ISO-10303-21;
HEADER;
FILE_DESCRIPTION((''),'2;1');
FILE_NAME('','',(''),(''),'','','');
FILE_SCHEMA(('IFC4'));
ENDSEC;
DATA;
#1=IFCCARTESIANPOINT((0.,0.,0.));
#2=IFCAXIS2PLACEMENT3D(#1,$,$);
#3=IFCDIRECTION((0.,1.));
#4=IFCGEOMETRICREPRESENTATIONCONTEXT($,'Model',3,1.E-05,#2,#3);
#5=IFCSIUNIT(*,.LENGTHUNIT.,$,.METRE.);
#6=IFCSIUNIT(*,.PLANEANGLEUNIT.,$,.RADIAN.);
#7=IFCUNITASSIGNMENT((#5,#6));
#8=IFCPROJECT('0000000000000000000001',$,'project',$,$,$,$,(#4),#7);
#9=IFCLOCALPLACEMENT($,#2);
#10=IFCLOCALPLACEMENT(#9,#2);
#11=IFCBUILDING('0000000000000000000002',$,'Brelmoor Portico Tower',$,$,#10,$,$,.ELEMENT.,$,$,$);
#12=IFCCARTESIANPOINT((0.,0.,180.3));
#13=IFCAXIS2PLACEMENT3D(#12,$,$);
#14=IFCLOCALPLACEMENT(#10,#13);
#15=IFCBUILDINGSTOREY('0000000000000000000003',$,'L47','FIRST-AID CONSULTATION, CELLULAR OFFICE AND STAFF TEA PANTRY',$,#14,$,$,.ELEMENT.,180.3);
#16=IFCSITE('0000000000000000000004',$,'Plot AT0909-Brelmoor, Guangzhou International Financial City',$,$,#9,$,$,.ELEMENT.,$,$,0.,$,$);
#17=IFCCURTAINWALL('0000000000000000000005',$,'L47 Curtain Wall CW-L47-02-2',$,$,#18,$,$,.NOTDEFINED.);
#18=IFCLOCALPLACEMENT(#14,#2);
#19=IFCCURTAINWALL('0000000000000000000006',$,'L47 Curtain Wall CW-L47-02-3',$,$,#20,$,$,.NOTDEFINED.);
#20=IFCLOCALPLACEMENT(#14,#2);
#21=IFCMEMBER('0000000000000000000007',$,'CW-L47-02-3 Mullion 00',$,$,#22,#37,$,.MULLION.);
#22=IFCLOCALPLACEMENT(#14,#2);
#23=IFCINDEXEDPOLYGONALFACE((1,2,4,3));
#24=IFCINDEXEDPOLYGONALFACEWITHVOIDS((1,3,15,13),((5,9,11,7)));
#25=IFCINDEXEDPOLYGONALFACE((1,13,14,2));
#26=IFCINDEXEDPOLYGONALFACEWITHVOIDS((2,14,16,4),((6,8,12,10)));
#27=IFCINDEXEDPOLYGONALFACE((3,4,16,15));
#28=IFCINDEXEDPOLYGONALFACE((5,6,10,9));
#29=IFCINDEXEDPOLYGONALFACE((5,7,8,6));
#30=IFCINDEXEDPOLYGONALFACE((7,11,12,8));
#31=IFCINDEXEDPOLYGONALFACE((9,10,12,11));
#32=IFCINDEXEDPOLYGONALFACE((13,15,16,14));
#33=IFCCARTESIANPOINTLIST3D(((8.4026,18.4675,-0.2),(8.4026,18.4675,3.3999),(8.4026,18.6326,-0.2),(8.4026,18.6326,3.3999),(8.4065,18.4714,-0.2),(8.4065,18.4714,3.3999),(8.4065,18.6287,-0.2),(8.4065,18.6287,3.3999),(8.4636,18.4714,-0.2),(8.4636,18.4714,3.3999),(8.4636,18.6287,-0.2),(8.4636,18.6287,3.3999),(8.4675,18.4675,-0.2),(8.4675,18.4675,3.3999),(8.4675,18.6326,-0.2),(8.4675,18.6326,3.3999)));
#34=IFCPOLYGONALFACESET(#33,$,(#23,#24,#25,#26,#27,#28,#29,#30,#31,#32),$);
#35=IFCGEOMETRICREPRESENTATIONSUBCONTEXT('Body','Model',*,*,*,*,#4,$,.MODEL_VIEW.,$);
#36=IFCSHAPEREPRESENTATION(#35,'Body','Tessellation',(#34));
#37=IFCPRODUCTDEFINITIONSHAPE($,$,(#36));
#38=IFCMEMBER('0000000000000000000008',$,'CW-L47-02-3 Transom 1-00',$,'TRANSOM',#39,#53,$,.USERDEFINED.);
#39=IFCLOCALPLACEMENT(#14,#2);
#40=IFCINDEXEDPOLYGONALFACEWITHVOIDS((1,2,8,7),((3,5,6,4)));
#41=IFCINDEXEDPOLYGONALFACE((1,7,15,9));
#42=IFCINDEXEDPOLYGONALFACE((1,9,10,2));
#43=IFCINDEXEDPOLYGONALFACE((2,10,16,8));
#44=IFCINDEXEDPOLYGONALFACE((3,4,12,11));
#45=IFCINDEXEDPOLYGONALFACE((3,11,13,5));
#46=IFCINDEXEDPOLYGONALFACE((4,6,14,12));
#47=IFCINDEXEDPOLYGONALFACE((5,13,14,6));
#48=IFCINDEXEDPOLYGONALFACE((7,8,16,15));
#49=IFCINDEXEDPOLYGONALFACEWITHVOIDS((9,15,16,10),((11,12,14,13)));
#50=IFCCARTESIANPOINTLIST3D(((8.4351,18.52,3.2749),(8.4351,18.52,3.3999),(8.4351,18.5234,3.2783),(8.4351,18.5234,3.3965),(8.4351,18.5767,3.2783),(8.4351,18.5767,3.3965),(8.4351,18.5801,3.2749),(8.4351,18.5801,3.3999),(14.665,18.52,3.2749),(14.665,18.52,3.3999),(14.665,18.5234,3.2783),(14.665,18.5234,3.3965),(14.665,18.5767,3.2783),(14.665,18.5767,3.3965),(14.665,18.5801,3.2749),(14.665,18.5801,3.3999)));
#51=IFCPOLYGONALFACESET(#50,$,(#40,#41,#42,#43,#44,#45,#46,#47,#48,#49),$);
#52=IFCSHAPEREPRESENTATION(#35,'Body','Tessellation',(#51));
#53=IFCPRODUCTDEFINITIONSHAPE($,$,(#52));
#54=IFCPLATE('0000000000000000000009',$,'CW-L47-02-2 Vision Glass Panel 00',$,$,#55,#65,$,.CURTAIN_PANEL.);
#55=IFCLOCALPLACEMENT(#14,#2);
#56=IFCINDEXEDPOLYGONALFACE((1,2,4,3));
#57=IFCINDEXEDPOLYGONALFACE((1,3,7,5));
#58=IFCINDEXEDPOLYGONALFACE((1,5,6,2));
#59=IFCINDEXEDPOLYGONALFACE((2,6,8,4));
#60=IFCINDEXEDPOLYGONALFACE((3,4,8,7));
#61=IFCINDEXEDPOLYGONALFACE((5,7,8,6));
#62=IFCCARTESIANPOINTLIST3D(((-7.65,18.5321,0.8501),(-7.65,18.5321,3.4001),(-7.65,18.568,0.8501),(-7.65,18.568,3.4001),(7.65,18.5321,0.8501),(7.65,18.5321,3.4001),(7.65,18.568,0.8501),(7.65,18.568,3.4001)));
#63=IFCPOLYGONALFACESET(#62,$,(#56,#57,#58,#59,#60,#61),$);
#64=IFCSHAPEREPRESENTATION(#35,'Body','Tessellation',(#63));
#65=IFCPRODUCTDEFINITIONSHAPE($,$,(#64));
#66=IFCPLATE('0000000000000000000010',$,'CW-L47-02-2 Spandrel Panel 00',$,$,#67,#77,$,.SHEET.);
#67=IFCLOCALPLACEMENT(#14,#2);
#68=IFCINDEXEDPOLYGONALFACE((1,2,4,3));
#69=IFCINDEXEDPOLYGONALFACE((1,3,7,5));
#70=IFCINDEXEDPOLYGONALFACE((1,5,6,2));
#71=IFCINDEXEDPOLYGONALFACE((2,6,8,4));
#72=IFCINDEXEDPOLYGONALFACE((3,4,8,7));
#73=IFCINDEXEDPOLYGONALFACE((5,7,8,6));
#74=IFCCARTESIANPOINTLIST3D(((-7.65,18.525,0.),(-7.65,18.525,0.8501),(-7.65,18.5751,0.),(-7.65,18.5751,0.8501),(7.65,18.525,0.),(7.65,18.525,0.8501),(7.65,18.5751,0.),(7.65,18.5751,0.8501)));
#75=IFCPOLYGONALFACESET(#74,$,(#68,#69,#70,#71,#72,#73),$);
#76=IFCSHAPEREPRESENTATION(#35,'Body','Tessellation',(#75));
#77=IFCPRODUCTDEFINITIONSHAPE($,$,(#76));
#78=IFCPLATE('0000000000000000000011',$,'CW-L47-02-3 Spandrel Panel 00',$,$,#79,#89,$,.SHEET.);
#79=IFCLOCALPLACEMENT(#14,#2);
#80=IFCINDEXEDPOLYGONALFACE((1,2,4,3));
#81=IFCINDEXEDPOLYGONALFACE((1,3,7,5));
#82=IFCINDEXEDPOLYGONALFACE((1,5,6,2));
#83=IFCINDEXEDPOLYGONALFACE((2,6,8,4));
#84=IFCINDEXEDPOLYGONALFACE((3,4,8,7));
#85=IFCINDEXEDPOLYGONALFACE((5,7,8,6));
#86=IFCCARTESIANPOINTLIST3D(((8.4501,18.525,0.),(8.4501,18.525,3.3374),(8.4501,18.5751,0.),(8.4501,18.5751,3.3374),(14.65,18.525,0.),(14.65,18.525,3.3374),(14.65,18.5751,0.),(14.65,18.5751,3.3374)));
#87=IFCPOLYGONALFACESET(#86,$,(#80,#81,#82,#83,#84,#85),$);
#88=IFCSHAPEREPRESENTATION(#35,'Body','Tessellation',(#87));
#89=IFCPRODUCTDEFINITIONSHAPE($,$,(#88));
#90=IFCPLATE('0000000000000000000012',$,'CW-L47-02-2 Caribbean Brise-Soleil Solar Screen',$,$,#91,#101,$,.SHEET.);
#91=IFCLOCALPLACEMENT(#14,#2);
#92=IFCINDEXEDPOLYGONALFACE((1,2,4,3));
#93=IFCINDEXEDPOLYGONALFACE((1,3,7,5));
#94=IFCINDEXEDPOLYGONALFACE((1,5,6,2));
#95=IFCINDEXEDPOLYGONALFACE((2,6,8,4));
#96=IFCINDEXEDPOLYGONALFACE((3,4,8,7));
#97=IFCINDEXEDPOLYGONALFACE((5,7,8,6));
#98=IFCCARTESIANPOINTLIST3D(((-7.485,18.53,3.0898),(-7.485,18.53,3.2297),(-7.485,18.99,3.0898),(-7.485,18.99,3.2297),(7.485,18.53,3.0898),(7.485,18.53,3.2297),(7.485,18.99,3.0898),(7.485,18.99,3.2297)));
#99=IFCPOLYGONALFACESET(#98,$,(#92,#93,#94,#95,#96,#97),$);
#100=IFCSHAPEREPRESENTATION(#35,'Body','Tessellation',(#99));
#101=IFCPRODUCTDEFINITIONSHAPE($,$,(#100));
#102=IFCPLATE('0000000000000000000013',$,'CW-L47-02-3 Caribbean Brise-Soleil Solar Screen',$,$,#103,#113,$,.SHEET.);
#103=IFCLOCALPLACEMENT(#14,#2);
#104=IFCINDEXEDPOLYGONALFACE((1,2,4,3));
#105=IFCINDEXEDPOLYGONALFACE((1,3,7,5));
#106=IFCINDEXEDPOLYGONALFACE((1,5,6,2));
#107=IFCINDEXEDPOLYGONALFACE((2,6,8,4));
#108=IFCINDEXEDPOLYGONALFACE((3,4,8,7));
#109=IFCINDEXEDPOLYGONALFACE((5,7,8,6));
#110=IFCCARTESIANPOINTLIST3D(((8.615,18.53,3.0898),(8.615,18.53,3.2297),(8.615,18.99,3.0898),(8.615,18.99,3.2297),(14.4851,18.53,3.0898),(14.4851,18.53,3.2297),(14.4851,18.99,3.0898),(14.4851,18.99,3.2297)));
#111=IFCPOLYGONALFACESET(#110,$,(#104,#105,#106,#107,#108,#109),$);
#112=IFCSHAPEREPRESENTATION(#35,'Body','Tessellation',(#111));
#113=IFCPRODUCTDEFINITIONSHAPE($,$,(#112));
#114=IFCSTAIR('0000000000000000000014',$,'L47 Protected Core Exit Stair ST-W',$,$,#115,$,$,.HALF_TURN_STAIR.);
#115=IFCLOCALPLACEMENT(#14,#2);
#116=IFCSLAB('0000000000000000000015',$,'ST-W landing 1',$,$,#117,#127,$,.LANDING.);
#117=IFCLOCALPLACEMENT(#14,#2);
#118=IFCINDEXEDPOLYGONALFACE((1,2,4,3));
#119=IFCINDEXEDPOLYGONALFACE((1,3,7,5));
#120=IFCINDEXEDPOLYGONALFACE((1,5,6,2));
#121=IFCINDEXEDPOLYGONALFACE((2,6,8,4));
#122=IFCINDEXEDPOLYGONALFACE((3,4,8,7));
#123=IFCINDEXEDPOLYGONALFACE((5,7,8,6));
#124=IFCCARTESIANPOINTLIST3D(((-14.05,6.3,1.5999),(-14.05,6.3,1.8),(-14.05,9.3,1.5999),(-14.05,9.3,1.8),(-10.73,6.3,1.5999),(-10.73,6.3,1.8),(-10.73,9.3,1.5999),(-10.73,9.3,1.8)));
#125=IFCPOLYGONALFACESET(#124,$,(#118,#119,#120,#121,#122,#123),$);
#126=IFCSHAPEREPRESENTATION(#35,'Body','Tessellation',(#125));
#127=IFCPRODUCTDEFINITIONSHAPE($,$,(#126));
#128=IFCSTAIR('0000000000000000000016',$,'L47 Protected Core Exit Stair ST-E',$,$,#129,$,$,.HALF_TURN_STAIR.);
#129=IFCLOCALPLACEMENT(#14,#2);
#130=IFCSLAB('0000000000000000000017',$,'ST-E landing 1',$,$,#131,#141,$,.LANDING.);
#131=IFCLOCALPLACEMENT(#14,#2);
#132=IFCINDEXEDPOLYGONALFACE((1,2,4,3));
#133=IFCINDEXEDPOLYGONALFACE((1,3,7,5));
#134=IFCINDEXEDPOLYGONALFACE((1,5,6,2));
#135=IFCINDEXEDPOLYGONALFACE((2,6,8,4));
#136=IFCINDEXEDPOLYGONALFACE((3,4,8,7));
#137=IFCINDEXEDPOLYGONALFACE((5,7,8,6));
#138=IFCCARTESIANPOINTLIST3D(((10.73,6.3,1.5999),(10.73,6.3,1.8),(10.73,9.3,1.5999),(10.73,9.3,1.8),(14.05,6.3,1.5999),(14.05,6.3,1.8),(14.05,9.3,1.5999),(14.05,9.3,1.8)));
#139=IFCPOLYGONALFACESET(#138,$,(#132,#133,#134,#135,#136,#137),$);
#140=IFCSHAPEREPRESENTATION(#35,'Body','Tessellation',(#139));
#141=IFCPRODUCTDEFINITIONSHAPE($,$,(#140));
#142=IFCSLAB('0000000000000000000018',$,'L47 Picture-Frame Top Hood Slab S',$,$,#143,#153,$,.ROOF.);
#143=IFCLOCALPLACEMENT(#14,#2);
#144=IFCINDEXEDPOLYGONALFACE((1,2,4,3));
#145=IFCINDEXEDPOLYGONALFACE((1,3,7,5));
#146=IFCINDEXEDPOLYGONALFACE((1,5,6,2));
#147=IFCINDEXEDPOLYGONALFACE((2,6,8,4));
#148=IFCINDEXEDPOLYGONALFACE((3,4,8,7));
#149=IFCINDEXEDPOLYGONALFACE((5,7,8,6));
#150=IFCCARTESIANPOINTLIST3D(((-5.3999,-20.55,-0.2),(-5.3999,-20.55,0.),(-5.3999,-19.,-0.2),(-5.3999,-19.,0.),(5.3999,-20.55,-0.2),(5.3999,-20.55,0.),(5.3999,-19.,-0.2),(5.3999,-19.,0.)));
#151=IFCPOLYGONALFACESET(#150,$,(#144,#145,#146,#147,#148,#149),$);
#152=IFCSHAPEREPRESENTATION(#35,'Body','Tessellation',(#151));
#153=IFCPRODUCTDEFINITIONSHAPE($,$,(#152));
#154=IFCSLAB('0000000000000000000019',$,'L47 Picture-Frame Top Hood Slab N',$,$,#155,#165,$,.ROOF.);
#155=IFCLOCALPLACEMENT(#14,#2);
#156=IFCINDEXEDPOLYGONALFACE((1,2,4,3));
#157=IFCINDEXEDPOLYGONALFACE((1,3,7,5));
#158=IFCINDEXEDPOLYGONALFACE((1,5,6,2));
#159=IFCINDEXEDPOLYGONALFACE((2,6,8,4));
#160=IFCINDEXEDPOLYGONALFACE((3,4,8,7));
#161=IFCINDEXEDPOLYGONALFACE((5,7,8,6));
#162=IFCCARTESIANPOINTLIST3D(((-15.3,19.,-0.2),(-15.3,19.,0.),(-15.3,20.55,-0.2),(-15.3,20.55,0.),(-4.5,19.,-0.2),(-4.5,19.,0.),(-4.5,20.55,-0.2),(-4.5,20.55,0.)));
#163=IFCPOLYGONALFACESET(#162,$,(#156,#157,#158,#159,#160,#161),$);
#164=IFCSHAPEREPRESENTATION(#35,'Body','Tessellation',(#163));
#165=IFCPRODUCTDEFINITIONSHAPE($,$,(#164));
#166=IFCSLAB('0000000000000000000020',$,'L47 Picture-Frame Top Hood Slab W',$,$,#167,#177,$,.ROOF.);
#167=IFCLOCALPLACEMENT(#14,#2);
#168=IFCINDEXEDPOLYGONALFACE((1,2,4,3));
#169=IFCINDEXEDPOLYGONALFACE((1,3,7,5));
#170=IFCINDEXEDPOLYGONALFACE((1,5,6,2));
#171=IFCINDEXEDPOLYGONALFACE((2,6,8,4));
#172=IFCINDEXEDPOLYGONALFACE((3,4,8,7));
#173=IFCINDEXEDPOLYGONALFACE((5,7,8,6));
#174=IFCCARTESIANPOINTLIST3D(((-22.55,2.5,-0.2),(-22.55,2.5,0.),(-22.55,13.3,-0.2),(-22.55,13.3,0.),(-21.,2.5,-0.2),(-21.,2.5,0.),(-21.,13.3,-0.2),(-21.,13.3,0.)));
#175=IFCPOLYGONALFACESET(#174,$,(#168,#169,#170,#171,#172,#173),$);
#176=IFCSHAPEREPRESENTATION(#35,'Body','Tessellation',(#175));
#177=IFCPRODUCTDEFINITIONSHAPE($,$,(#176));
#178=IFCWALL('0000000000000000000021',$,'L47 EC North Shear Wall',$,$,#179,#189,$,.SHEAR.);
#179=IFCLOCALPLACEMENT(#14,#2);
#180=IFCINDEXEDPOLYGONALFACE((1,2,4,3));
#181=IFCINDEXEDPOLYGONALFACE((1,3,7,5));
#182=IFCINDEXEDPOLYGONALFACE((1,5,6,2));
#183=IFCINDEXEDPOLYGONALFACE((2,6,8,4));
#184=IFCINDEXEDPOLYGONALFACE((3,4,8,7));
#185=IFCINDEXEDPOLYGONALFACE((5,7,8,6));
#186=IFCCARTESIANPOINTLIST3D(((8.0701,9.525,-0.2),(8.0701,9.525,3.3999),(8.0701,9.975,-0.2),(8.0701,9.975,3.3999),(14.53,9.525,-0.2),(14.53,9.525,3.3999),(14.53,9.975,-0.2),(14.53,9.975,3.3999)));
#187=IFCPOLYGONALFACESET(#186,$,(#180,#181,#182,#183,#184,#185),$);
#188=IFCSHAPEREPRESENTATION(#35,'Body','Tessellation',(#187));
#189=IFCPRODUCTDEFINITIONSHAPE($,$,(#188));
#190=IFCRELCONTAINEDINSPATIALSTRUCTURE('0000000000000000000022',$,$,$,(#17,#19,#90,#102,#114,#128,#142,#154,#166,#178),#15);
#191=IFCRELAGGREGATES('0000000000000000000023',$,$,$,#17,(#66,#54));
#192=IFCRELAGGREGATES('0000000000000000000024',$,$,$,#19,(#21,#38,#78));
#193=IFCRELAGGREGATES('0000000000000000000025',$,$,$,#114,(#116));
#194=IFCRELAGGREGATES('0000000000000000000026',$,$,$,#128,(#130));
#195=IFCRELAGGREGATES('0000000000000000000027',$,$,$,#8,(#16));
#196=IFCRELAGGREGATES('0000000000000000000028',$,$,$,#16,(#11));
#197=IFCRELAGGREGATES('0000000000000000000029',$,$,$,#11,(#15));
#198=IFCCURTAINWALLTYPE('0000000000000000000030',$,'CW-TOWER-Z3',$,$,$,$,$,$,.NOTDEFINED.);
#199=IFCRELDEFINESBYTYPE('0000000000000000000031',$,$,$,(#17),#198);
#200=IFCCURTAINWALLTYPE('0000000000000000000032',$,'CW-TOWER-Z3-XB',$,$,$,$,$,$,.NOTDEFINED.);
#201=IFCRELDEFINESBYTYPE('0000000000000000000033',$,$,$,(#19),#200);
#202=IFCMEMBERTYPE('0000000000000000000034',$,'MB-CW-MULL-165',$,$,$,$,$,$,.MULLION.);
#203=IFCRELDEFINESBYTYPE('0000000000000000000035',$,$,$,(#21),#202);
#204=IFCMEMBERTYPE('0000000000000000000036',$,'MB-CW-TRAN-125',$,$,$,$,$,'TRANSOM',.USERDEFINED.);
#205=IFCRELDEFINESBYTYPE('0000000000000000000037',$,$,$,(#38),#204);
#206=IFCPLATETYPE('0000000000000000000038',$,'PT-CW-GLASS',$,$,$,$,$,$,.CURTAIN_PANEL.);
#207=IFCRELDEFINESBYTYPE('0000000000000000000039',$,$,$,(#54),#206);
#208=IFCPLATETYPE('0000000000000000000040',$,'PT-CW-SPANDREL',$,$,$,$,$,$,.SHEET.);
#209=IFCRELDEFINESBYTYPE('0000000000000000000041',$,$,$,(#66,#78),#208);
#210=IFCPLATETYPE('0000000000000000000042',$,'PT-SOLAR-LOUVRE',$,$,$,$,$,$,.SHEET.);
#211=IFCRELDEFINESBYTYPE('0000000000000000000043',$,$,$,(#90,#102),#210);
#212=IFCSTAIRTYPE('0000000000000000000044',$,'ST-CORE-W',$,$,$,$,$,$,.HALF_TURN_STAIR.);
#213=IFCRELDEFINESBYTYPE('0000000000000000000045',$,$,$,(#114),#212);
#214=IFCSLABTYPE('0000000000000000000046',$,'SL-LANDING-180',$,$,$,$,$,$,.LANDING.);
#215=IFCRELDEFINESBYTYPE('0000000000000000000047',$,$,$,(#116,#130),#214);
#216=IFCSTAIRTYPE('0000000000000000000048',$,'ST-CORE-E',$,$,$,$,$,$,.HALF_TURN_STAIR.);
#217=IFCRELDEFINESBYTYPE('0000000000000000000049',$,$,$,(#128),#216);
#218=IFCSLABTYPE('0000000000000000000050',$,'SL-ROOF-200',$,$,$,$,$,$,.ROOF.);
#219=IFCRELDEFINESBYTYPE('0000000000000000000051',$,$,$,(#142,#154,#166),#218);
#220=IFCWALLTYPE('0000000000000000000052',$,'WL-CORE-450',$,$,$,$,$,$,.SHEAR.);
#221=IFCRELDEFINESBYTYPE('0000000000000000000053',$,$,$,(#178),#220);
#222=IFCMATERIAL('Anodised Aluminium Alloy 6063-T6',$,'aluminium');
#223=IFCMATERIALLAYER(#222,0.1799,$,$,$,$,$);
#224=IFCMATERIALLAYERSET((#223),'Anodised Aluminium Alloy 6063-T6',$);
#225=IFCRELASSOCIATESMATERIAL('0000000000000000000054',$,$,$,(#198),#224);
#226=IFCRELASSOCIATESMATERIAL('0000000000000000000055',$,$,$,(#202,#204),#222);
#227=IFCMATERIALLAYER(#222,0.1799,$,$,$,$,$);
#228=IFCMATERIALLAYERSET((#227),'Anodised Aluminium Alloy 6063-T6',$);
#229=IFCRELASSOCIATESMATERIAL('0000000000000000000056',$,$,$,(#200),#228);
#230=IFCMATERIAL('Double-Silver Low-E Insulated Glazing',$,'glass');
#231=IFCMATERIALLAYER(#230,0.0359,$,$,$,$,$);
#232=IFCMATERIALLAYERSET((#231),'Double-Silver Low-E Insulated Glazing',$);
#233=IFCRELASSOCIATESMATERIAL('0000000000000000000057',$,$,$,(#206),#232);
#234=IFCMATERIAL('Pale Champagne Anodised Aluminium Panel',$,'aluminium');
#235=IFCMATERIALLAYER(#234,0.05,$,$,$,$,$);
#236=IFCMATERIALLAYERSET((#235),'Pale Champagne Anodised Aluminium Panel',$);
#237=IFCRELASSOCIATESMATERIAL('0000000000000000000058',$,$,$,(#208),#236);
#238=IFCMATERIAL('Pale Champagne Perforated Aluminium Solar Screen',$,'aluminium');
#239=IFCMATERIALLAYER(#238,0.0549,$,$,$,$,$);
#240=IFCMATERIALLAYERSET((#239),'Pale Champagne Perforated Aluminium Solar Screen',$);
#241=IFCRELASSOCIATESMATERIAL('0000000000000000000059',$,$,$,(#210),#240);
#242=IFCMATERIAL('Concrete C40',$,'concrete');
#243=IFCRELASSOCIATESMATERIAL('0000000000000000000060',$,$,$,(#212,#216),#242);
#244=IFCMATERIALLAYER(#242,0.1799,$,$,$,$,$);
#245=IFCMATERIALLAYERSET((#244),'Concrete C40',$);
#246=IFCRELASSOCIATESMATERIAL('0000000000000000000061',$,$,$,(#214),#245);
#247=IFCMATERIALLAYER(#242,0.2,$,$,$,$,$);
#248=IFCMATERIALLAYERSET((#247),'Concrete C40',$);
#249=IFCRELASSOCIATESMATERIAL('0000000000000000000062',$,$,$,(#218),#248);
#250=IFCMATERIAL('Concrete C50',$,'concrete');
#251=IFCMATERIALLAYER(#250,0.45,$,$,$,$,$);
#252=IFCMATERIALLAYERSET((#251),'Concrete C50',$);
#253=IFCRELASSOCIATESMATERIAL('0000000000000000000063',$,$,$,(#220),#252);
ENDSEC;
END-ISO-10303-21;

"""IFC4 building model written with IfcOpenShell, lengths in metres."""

from ifc_helpers import new_model, si_unit, direction, frame, frame_2d, origin, origin_2d, place, context, subcontext, project, spatial, polyline, rectangle, hollow_rectangle, outline, extrude, material, layer, layer_set, material_profile, profile_set, type_object, element, aggregate, save


model = new_model("IFC4")

# Units and contexts
model_context = context("Model", 3, precision=1e-05, world=origin(), true_north=direction((0.0, 1.0)))
body_context = subcontext(model_context, "Body", "Model", "MODEL_VIEW")
ifc_project = project(units=[si_unit("LENGTHUNIT", "METRE"), si_unit("PLANEANGLEUNIT", "RADIAN")], contexts=[model_context])

# Site, building, storey
site_placement = place(None, origin())
site = spatial("IfcSite", under=ifc_project, at=site_placement, Name="Plot AT0909-Brelmoor, Guangzhou International Financial City", CompositionType="ELEMENT", RefElevation=0.0)
building_placement = place(site_placement, origin())
building = spatial("IfcBuilding", under=site, at=building_placement, Name="Brelmoor Portico Tower", CompositionType="ELEMENT")
storey_placement = place(building_placement, frame((0.0, 0.0, 180.3)))
storey = spatial("IfcBuildingStorey", under=building, at=storey_placement, Name="L47", Description="FIRST-AID CONSULTATION, CELLULAR OFFICE AND STAFF TEA PANTRY", CompositionType="ELEMENT", Elevation=180.3)

# Curtain wall
ifc_material_1 = material(Name="Anodised Aluminium Alloy 6063-T6", Category="aluminium")
ifc_layer_1 = layer(ifc_material_1, 0.1799)
ifc_layer_set_1 = layer_set([ifc_layer_1], Name="Anodised Aluminium Alloy 6063-T6")
curtain_wall_type_1 = type_object("IfcCurtainWallType", Name="CW-TOWER-Z3", PredefinedType="NOTDEFINED", material=ifc_layer_set_1)
curtain_wall_1_placement = place(storey_placement, origin())
curtain_wall_1 = element("IfcCurtainWall", 1, at=curtain_wall_1_placement, inside=storey, type_object=curtain_wall_type_1, Name="L47 Curtain Wall CW-L47-02-2", PredefinedType="NOTDEFINED")
ifc_material_profile_1 = material_profile(ifc_material_1, hollow_rectangle(XDim=0.0649, YDim=0.165, WallThickness=0.0039, at=origin_2d()), Name="ALU MULLION 65x165")
ifc_profile_set_1 = profile_set([ifc_material_profile_1], Name="Anodised Aluminium Alloy 6063-T6")
member_type_1 = type_object("IfcMemberType", Name="MB-CW-MULL-165", PredefinedType="MULLION", material=ifc_profile_set_1)

# Curtain wall, members
ifc_layer_2 = layer(ifc_material_1, 0.1799)
ifc_layer_set_2 = layer_set([ifc_layer_2], Name="Anodised Aluminium Alloy 6063-T6")
curtain_wall_type_2 = type_object("IfcCurtainWallType", Name="CW-TOWER-Z3-XB", PredefinedType="NOTDEFINED", material=ifc_layer_set_2)
curtain_wall_2_placement = place(storey_placement, origin())
curtain_wall_2 = element("IfcCurtainWall", 2, at=curtain_wall_2_placement, inside=storey, type_object=curtain_wall_type_2, Name="L47 Curtain Wall CW-L47-02-3", PredefinedType="NOTDEFINED")
member_1_placement = place(storey_placement, frame((8.4351, 18.55, -0.2), z_axis=(0.0, 0.0, 1.0), x_axis=(1.0, 0.0, 0.0)))
member_1 = element("IfcMember", 3, at=member_1_placement, type_object=member_type_1, Name="CW-L47-02-3 Mullion 00", PredefinedType="MULLION", context=body_context, shape_type="SweptSolid", body=[
    extrude(hollow_rectangle(XDim=0.0649, YDim=0.165, WallThickness=0.0039, at=origin_2d()), origin(), (0.0, 0.0, 1.0), 3.5999),
])
ifc_material_profile_2 = material_profile(ifc_material_1, hollow_rectangle(XDim=0.0601, YDim=0.125, WallThickness=0.0034, at=origin_2d()), Name="ALU TRANSOM 60x125")
ifc_profile_set_2 = profile_set([ifc_material_profile_2], Name="Anodised Aluminium Alloy 6063-T6")
member_type_2 = type_object("IfcMemberType", Name="MB-CW-TRAN-125", ElementType="TRANSOM", PredefinedType="USERDEFINED", material=ifc_profile_set_2)
member_2_placement = place(storey_placement, frame((8.4351, 18.55, 3.3374), z_axis=(1.0, 0.0, 0.0), x_axis=(0.0, 1.0, 0.0)))
member_2 = element("IfcMember", 4, at=member_2_placement, type_object=member_type_2, Name="CW-L47-02-3 Transom 1-00", ObjectType="TRANSOM", PredefinedType="USERDEFINED", context=body_context, shape_type="SweptSolid", body=[
    extrude(hollow_rectangle(XDim=0.0601, YDim=0.125, WallThickness=0.0034, at=origin_2d()), origin(), (0.0, 0.0, 1.0), 6.23),
])

# Plates
ifc_material_2 = material(Name="Double-Silver Low-E Insulated Glazing", Category="glass")
ifc_layer_3 = layer(ifc_material_2, 0.0359)
ifc_layer_set_3 = layer_set([ifc_layer_3], Name="Double-Silver Low-E Insulated Glazing")
plate_type_1 = type_object("IfcPlateType", Name="PT-CW-GLASS", PredefinedType="CURTAIN_PANEL", material=ifc_layer_set_3)
plate_1_placement = place(storey_placement, frame((0.0, 18.55, 0.8501), z_axis=(0.0, 0.0, 1.0), x_axis=(1.0, 0.0, 0.0)))
plate_1 = element("IfcPlate", 5, at=plate_1_placement, type_object=plate_type_1, Name="CW-L47-02-2 Vision Glass Panel 00", PredefinedType="CURTAIN_PANEL", context=body_context, shape_type="SweptSolid", body=[
    extrude(rectangle(XDim=15.3, YDim=0.0359, at=origin_2d()), origin(), (0.0, 0.0, 1.0), 2.55),
])
ifc_material_3 = material(Name="Pale Champagne Anodised Aluminium Panel", Category="aluminium")
ifc_layer_4 = layer(ifc_material_3, 0.05)
ifc_layer_set_4 = layer_set([ifc_layer_4], Name="Pale Champagne Anodised Aluminium Panel")
plate_type_2 = type_object("IfcPlateType", Name="PT-CW-SPANDREL", PredefinedType="SHEET", material=ifc_layer_set_4)
plate_2_placement = place(storey_placement, frame((0.0, 18.55, 0.0), z_axis=(0.0, 0.0, 1.0), x_axis=(1.0, 0.0, 0.0)))
plate_2 = element("IfcPlate", 6, at=plate_2_placement, type_object=plate_type_2, Name="CW-L47-02-2 Spandrel Panel 00", PredefinedType="SHEET", context=body_context, shape_type="SweptSolid", body=[
    extrude(rectangle(XDim=15.3, YDim=0.05, at=origin_2d()), origin(), (0.0, 0.0, 1.0), 0.8501),
])
aggregate(curtain_wall_1, [plate_2, plate_1])
plate_3_placement = place(storey_placement, frame((11.55, 18.55, 0.0), z_axis=(0.0, 0.0, 1.0), x_axis=(1.0, 0.0, 0.0)))
plate_3 = element("IfcPlate", 7, at=plate_3_placement, type_object=plate_type_2, Name="CW-L47-02-3 Spandrel Panel 00", PredefinedType="SHEET", context=body_context, shape_type="SweptSolid", body=[
    extrude(rectangle(XDim=6.2, YDim=0.05, at=origin_2d()), origin(), (0.0, 0.0, 1.0), 3.3374),
])
aggregate(curtain_wall_2, [member_1, member_2, plate_3])

# Plates
ifc_material_4 = material(Name="Pale Champagne Perforated Aluminium Solar Screen", Category="aluminium")
ifc_layer_5 = layer(ifc_material_4, 0.0549)
ifc_layer_set_5 = layer_set([ifc_layer_5], Name="Pale Champagne Perforated Aluminium Solar Screen")
plate_type_3 = type_object("IfcPlateType", Name="PT-SOLAR-LOUVRE", PredefinedType="SHEET", material=ifc_layer_set_5)
plate_4_placement = place(storey_placement, frame((0.0, 18.76, 3.0898), z_axis=(0.0, 0.0, 1.0), x_axis=(1.0, 0.0, 0.0)))
element("IfcPlate", 8, at=plate_4_placement, inside=storey, type_object=plate_type_3, Name="CW-L47-02-2 Caribbean Brise-Soleil Solar Screen", PredefinedType="SHEET", context=body_context, shape_type="SweptSolid", body=[
    extrude(rectangle(XDim=14.97, YDim=0.46, at=origin_2d()), origin(), (0.0, 0.0, 1.0), 0.1399),
])
plate_5_placement = place(storey_placement, frame((11.55, 18.76, 3.0898), z_axis=(0.0, 0.0, 1.0), x_axis=(1.0, 0.0, 0.0)))
element("IfcPlate", 9, at=plate_5_placement, inside=storey, type_object=plate_type_3, Name="CW-L47-02-3 Caribbean Brise-Soleil Solar Screen", PredefinedType="SHEET", context=body_context, shape_type="SweptSolid", body=[
    extrude(rectangle(XDim=5.8701, YDim=0.46, at=origin_2d()), origin(), (0.0, 0.0, 1.0), 0.1399),
])

# Stairs, slabs
ifc_material_5 = material(Name="Concrete C40", Category="concrete")
stair_type_1 = type_object("IfcStairType", Name="ST-CORE-W", PredefinedType="HALF_TURN_STAIR", material=ifc_material_5)
stair_1_placement = place(storey_placement, origin())
stair_1 = element("IfcStair", 10, at=stair_1_placement, inside=storey, type_object=stair_type_1, Name="L47 Protected Core Exit Stair ST-W", PredefinedType="HALF_TURN_STAIR")
ifc_layer_6 = layer(ifc_material_5, 0.1799)
ifc_layer_set_6 = layer_set([ifc_layer_6], Name="Concrete C40")
slab_type_1 = type_object("IfcSlabType", Name="SL-LANDING-180", PredefinedType="LANDING", material=ifc_layer_set_6)
slab_1_placement = place(storey_placement, frame((0.0, 0.0, 1.5999)))
slab_1 = element("IfcSlab", 11, at=slab_1_placement, type_object=slab_type_1, Name="ST-W landing 1", PredefinedType="LANDING", context=body_context, shape_type="SweptSolid", body=[
    extrude(outline(polyline([(-10.73, 6.3), (-10.73, 9.3), (-14.05, 9.3), (-14.05, 6.3), (-10.73, 6.3)])), origin(), (0.0, 0.0, 1.0), 0.2002),
])
aggregate(stair_1, [slab_1])
stair_type_2 = type_object("IfcStairType", Name="ST-CORE-E", PredefinedType="HALF_TURN_STAIR", material=ifc_material_5)
stair_2_placement = place(storey_placement, origin())
stair_2 = element("IfcStair", 12, at=stair_2_placement, inside=storey, type_object=stair_type_2, Name="L47 Protected Core Exit Stair ST-E", PredefinedType="HALF_TURN_STAIR")
slab_2_placement = place(storey_placement, frame((0.0, 0.0, 1.5999)))
slab_2 = element("IfcSlab", 13, at=slab_2_placement, type_object=slab_type_1, Name="ST-E landing 1", PredefinedType="LANDING", context=body_context, shape_type="SweptSolid", body=[
    extrude(outline(polyline([(14.05, 6.3), (14.05, 9.3), (10.73, 9.3), (10.73, 6.3), (14.05, 6.3)])), origin(), (0.0, 0.0, 1.0), 0.2002),
])

# Slabs
ifc_layer_7 = layer(ifc_material_5, 0.2)
ifc_layer_set_7 = layer_set([ifc_layer_7], Name="Concrete C40")
slab_type_2 = type_object("IfcSlabType", Name="SL-ROOF-200", PredefinedType="ROOF", material=ifc_layer_set_7)
slab_3_placement = place(storey_placement, frame((0.0, 0.0, -0.2)))
element("IfcSlab", 14, at=slab_3_placement, inside=storey, type_object=slab_type_2, Name="L47 Picture-Frame Top Hood Slab S", PredefinedType="ROOF", context=body_context, shape_type="SweptSolid", body=[
    extrude(outline(polyline([(-5.3999, -20.55), (5.3999, -20.55), (5.3999, -19.0), (-5.3999, -19.0), (-5.3999, -20.55)])), origin(), (0.0, 0.0, 1.0), 0.2),
])
slab_4_placement = place(storey_placement, frame((0.0, 0.0, -0.2)))
element("IfcSlab", 15, at=slab_4_placement, inside=storey, type_object=slab_type_2, Name="L47 Picture-Frame Top Hood Slab N", PredefinedType="ROOF", context=body_context, shape_type="SweptSolid", body=[
    extrude(outline(polyline([(-15.3, 19.0), (-4.5, 19.0), (-4.5, 20.55), (-15.3, 20.55), (-15.3, 19.0)])), origin(), (0.0, 0.0, 1.0), 0.2),
])
slab_5_placement = place(storey_placement, frame((0.0, 0.0, -0.2)))
element("IfcSlab", 16, at=slab_5_placement, inside=storey, type_object=slab_type_2, Name="L47 Picture-Frame Top Hood Slab W", PredefinedType="ROOF", context=body_context, shape_type="SweptSolid", body=[
    extrude(outline(polyline([(-22.55, 2.5), (-21.0, 2.5), (-21.0, 13.3), (-22.55, 13.3), (-22.55, 2.5)])), origin(), (0.0, 0.0, 1.0), 0.2),
])

# Wall
ifc_material_6 = material(Name="Concrete C50", Category="concrete")
ifc_layer_8 = layer(ifc_material_6, 0.45)
ifc_layer_set_8 = layer_set([ifc_layer_8], Name="Concrete C50")
wall_type_1 = type_object("IfcWallType", Name="WL-CORE-450", PredefinedType="SHEAR", material=ifc_layer_set_8)
wall_1_placement = place(storey_placement, frame((8.0701, 9.75, -0.2), z_axis=(0.0, 0.0, 1.0), x_axis=(1.0, 0.0, 0.0)))
element("IfcWall", 17, at=wall_1_placement, inside=storey, type_object=wall_type_1, Name="L47 EC North Shear Wall", PredefinedType="SHEAR", context=body_context, shape_type="SweptSolid", body=[
    extrude(rectangle(XDim=6.46, YDim=0.45, at=frame_2d((3.23, 0.0))), origin(), (0.0, 0.0, 1.0), 3.5999),
])

aggregate(stair_2, [slab_2])

save(model, "model.ifc")
